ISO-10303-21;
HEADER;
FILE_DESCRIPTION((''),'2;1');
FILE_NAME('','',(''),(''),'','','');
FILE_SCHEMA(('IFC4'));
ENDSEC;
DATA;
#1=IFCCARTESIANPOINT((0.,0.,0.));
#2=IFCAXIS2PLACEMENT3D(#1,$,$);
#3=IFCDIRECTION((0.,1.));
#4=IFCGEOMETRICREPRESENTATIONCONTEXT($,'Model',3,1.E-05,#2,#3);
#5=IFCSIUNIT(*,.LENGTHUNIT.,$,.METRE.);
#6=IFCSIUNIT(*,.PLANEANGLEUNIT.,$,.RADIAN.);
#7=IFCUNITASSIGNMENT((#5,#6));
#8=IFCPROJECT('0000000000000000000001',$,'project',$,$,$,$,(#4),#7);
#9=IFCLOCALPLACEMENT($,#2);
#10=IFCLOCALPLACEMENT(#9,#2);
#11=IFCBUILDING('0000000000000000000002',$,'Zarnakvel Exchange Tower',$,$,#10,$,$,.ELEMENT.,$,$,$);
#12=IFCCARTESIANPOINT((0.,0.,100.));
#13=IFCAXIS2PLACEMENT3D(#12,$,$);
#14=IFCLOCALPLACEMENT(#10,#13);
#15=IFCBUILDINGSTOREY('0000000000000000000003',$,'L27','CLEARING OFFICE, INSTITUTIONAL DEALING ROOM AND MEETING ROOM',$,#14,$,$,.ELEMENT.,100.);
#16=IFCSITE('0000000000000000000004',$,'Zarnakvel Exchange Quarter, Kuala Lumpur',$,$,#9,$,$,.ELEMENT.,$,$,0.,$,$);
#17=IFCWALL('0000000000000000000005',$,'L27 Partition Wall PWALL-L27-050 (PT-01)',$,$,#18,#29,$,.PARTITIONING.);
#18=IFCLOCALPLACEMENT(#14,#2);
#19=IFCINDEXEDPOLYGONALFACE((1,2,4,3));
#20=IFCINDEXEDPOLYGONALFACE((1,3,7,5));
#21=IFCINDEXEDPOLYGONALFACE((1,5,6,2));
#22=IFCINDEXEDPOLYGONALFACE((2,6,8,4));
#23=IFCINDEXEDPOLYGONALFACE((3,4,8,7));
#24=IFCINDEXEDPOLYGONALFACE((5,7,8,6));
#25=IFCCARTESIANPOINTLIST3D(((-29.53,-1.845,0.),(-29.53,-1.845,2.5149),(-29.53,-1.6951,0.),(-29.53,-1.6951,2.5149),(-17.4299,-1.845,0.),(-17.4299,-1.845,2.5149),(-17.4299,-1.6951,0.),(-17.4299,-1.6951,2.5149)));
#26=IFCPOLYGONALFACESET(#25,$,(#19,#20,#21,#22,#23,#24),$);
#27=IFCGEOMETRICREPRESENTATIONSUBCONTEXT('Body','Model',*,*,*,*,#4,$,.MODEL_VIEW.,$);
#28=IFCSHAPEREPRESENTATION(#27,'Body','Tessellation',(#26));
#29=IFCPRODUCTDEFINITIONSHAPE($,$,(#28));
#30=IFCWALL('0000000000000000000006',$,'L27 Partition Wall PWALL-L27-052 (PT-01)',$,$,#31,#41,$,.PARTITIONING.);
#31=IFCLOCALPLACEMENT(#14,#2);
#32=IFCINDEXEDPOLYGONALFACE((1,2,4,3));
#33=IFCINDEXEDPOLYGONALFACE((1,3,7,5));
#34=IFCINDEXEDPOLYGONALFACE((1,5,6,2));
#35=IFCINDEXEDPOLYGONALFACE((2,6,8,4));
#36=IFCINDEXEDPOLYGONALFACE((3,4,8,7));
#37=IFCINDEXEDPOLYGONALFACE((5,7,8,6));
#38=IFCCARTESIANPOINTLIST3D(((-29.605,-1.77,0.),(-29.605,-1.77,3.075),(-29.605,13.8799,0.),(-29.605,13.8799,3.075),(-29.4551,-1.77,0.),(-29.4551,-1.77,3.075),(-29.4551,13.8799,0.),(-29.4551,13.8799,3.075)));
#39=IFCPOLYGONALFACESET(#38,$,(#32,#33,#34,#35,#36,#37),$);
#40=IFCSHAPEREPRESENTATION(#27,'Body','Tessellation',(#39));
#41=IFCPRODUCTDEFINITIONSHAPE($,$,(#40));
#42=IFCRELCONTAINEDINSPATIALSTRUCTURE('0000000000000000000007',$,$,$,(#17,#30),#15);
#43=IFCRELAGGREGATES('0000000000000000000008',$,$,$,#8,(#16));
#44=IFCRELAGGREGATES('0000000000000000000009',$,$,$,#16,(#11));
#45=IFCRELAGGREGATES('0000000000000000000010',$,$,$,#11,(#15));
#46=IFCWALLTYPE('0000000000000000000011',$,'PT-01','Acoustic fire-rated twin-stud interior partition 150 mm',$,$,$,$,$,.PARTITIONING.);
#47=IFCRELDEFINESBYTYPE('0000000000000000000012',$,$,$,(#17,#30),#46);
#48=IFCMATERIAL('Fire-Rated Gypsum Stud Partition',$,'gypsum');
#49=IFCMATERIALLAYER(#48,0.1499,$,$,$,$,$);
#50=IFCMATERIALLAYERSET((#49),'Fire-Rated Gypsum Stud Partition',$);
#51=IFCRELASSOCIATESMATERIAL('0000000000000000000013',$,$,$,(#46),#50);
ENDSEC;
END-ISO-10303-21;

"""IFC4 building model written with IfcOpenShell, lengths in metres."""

from ifc_helpers import new_model, si_unit, direction, frame, frame_2d, origin, place, context, subcontext, project, spatial, rectangle, extrude, material, layer, layer_set, type_object, element, save


model = new_model("IFC4")

# Units and contexts
model_context = context("Model", 3, precision=1e-05, world=origin(), true_north=direction((0.0, 1.0)))
body_context = subcontext(model_context, "Body", "Model", "MODEL_VIEW")
ifc_project = project(units=[si_unit("LENGTHUNIT", "METRE"), si_unit("PLANEANGLEUNIT", "RADIAN")], contexts=[model_context])

# Site, building, storey
site_placement = place(None, origin())
site = spatial("IfcSite", under=ifc_project, at=site_placement, Name="Zarnakvel Exchange Quarter, Kuala Lumpur", CompositionType="ELEMENT", RefElevation=0.0)
building_placement = place(site_placement, origin())
building = spatial("IfcBuilding", under=site, at=building_placement, Name="Zarnakvel Exchange Tower", CompositionType="ELEMENT")
storey_placement = place(building_placement, frame((0.0, 0.0, 100.0)))
storey = spatial("IfcBuildingStorey", under=building, at=storey_placement, Name="L27", Description="CLEARING OFFICE, INSTITUTIONAL DEALING ROOM AND MEETING ROOM", CompositionType="ELEMENT", Elevation=100.0)

# Shared definitions
ifc_material_1 = material(Name="Fire-Rated Gypsum Stud Partition", Category="gypsum")
ifc_layer_1 = layer(ifc_material_1, 0.1499)
ifc_layer_set_1 = layer_set([ifc_layer_1], Name="Fire-Rated Gypsum Stud Partition")
wall_type = type_object("IfcWallType", Name="PT-01", Description="Acoustic fire-rated twin-stud interior partition 150 mm", PredefinedType="PARTITIONING", material=ifc_layer_set_1)

# Walls
wall_1_placement = place(storey_placement, frame((-17.4299, -1.77, 0.0), z_axis=(0.0, 0.0, 1.0), x_axis=(-1.0, 0.0, 0.0)))
element("IfcWall", 1, at=wall_1_placement, inside=storey, type_object=wall_type, Name="L27 Partition Wall PWALL-L27-050 (PT-01)", PredefinedType="PARTITIONING", context=body_context, shape_type="SweptSolid", body=[
    extrude(rectangle(XDim=12.1001, YDim=0.1499, at=frame_2d((6.05, 0.0))), origin(), (0.0, 0.0, 1.0), 2.5149),
])
wall_2_placement = place(storey_placement, frame((-29.53, -1.77, 0.0), z_axis=(0.0, 0.0, 1.0), x_axis=(0.0, 1.0, 0.0)))
element("IfcWall", 2, at=wall_2_placement, inside=storey, type_object=wall_type, Name="L27 Partition Wall PWALL-L27-052 (PT-01)", PredefinedType="PARTITIONING", context=body_context, shape_type="SweptSolid", body=[
    extrude(rectangle(XDim=15.6499, YDim=0.1499, at=frame_2d((7.825, 0.0))), origin(), (0.0, 0.0, 1.0), 3.075),
])

save(model, "model.ifc")
